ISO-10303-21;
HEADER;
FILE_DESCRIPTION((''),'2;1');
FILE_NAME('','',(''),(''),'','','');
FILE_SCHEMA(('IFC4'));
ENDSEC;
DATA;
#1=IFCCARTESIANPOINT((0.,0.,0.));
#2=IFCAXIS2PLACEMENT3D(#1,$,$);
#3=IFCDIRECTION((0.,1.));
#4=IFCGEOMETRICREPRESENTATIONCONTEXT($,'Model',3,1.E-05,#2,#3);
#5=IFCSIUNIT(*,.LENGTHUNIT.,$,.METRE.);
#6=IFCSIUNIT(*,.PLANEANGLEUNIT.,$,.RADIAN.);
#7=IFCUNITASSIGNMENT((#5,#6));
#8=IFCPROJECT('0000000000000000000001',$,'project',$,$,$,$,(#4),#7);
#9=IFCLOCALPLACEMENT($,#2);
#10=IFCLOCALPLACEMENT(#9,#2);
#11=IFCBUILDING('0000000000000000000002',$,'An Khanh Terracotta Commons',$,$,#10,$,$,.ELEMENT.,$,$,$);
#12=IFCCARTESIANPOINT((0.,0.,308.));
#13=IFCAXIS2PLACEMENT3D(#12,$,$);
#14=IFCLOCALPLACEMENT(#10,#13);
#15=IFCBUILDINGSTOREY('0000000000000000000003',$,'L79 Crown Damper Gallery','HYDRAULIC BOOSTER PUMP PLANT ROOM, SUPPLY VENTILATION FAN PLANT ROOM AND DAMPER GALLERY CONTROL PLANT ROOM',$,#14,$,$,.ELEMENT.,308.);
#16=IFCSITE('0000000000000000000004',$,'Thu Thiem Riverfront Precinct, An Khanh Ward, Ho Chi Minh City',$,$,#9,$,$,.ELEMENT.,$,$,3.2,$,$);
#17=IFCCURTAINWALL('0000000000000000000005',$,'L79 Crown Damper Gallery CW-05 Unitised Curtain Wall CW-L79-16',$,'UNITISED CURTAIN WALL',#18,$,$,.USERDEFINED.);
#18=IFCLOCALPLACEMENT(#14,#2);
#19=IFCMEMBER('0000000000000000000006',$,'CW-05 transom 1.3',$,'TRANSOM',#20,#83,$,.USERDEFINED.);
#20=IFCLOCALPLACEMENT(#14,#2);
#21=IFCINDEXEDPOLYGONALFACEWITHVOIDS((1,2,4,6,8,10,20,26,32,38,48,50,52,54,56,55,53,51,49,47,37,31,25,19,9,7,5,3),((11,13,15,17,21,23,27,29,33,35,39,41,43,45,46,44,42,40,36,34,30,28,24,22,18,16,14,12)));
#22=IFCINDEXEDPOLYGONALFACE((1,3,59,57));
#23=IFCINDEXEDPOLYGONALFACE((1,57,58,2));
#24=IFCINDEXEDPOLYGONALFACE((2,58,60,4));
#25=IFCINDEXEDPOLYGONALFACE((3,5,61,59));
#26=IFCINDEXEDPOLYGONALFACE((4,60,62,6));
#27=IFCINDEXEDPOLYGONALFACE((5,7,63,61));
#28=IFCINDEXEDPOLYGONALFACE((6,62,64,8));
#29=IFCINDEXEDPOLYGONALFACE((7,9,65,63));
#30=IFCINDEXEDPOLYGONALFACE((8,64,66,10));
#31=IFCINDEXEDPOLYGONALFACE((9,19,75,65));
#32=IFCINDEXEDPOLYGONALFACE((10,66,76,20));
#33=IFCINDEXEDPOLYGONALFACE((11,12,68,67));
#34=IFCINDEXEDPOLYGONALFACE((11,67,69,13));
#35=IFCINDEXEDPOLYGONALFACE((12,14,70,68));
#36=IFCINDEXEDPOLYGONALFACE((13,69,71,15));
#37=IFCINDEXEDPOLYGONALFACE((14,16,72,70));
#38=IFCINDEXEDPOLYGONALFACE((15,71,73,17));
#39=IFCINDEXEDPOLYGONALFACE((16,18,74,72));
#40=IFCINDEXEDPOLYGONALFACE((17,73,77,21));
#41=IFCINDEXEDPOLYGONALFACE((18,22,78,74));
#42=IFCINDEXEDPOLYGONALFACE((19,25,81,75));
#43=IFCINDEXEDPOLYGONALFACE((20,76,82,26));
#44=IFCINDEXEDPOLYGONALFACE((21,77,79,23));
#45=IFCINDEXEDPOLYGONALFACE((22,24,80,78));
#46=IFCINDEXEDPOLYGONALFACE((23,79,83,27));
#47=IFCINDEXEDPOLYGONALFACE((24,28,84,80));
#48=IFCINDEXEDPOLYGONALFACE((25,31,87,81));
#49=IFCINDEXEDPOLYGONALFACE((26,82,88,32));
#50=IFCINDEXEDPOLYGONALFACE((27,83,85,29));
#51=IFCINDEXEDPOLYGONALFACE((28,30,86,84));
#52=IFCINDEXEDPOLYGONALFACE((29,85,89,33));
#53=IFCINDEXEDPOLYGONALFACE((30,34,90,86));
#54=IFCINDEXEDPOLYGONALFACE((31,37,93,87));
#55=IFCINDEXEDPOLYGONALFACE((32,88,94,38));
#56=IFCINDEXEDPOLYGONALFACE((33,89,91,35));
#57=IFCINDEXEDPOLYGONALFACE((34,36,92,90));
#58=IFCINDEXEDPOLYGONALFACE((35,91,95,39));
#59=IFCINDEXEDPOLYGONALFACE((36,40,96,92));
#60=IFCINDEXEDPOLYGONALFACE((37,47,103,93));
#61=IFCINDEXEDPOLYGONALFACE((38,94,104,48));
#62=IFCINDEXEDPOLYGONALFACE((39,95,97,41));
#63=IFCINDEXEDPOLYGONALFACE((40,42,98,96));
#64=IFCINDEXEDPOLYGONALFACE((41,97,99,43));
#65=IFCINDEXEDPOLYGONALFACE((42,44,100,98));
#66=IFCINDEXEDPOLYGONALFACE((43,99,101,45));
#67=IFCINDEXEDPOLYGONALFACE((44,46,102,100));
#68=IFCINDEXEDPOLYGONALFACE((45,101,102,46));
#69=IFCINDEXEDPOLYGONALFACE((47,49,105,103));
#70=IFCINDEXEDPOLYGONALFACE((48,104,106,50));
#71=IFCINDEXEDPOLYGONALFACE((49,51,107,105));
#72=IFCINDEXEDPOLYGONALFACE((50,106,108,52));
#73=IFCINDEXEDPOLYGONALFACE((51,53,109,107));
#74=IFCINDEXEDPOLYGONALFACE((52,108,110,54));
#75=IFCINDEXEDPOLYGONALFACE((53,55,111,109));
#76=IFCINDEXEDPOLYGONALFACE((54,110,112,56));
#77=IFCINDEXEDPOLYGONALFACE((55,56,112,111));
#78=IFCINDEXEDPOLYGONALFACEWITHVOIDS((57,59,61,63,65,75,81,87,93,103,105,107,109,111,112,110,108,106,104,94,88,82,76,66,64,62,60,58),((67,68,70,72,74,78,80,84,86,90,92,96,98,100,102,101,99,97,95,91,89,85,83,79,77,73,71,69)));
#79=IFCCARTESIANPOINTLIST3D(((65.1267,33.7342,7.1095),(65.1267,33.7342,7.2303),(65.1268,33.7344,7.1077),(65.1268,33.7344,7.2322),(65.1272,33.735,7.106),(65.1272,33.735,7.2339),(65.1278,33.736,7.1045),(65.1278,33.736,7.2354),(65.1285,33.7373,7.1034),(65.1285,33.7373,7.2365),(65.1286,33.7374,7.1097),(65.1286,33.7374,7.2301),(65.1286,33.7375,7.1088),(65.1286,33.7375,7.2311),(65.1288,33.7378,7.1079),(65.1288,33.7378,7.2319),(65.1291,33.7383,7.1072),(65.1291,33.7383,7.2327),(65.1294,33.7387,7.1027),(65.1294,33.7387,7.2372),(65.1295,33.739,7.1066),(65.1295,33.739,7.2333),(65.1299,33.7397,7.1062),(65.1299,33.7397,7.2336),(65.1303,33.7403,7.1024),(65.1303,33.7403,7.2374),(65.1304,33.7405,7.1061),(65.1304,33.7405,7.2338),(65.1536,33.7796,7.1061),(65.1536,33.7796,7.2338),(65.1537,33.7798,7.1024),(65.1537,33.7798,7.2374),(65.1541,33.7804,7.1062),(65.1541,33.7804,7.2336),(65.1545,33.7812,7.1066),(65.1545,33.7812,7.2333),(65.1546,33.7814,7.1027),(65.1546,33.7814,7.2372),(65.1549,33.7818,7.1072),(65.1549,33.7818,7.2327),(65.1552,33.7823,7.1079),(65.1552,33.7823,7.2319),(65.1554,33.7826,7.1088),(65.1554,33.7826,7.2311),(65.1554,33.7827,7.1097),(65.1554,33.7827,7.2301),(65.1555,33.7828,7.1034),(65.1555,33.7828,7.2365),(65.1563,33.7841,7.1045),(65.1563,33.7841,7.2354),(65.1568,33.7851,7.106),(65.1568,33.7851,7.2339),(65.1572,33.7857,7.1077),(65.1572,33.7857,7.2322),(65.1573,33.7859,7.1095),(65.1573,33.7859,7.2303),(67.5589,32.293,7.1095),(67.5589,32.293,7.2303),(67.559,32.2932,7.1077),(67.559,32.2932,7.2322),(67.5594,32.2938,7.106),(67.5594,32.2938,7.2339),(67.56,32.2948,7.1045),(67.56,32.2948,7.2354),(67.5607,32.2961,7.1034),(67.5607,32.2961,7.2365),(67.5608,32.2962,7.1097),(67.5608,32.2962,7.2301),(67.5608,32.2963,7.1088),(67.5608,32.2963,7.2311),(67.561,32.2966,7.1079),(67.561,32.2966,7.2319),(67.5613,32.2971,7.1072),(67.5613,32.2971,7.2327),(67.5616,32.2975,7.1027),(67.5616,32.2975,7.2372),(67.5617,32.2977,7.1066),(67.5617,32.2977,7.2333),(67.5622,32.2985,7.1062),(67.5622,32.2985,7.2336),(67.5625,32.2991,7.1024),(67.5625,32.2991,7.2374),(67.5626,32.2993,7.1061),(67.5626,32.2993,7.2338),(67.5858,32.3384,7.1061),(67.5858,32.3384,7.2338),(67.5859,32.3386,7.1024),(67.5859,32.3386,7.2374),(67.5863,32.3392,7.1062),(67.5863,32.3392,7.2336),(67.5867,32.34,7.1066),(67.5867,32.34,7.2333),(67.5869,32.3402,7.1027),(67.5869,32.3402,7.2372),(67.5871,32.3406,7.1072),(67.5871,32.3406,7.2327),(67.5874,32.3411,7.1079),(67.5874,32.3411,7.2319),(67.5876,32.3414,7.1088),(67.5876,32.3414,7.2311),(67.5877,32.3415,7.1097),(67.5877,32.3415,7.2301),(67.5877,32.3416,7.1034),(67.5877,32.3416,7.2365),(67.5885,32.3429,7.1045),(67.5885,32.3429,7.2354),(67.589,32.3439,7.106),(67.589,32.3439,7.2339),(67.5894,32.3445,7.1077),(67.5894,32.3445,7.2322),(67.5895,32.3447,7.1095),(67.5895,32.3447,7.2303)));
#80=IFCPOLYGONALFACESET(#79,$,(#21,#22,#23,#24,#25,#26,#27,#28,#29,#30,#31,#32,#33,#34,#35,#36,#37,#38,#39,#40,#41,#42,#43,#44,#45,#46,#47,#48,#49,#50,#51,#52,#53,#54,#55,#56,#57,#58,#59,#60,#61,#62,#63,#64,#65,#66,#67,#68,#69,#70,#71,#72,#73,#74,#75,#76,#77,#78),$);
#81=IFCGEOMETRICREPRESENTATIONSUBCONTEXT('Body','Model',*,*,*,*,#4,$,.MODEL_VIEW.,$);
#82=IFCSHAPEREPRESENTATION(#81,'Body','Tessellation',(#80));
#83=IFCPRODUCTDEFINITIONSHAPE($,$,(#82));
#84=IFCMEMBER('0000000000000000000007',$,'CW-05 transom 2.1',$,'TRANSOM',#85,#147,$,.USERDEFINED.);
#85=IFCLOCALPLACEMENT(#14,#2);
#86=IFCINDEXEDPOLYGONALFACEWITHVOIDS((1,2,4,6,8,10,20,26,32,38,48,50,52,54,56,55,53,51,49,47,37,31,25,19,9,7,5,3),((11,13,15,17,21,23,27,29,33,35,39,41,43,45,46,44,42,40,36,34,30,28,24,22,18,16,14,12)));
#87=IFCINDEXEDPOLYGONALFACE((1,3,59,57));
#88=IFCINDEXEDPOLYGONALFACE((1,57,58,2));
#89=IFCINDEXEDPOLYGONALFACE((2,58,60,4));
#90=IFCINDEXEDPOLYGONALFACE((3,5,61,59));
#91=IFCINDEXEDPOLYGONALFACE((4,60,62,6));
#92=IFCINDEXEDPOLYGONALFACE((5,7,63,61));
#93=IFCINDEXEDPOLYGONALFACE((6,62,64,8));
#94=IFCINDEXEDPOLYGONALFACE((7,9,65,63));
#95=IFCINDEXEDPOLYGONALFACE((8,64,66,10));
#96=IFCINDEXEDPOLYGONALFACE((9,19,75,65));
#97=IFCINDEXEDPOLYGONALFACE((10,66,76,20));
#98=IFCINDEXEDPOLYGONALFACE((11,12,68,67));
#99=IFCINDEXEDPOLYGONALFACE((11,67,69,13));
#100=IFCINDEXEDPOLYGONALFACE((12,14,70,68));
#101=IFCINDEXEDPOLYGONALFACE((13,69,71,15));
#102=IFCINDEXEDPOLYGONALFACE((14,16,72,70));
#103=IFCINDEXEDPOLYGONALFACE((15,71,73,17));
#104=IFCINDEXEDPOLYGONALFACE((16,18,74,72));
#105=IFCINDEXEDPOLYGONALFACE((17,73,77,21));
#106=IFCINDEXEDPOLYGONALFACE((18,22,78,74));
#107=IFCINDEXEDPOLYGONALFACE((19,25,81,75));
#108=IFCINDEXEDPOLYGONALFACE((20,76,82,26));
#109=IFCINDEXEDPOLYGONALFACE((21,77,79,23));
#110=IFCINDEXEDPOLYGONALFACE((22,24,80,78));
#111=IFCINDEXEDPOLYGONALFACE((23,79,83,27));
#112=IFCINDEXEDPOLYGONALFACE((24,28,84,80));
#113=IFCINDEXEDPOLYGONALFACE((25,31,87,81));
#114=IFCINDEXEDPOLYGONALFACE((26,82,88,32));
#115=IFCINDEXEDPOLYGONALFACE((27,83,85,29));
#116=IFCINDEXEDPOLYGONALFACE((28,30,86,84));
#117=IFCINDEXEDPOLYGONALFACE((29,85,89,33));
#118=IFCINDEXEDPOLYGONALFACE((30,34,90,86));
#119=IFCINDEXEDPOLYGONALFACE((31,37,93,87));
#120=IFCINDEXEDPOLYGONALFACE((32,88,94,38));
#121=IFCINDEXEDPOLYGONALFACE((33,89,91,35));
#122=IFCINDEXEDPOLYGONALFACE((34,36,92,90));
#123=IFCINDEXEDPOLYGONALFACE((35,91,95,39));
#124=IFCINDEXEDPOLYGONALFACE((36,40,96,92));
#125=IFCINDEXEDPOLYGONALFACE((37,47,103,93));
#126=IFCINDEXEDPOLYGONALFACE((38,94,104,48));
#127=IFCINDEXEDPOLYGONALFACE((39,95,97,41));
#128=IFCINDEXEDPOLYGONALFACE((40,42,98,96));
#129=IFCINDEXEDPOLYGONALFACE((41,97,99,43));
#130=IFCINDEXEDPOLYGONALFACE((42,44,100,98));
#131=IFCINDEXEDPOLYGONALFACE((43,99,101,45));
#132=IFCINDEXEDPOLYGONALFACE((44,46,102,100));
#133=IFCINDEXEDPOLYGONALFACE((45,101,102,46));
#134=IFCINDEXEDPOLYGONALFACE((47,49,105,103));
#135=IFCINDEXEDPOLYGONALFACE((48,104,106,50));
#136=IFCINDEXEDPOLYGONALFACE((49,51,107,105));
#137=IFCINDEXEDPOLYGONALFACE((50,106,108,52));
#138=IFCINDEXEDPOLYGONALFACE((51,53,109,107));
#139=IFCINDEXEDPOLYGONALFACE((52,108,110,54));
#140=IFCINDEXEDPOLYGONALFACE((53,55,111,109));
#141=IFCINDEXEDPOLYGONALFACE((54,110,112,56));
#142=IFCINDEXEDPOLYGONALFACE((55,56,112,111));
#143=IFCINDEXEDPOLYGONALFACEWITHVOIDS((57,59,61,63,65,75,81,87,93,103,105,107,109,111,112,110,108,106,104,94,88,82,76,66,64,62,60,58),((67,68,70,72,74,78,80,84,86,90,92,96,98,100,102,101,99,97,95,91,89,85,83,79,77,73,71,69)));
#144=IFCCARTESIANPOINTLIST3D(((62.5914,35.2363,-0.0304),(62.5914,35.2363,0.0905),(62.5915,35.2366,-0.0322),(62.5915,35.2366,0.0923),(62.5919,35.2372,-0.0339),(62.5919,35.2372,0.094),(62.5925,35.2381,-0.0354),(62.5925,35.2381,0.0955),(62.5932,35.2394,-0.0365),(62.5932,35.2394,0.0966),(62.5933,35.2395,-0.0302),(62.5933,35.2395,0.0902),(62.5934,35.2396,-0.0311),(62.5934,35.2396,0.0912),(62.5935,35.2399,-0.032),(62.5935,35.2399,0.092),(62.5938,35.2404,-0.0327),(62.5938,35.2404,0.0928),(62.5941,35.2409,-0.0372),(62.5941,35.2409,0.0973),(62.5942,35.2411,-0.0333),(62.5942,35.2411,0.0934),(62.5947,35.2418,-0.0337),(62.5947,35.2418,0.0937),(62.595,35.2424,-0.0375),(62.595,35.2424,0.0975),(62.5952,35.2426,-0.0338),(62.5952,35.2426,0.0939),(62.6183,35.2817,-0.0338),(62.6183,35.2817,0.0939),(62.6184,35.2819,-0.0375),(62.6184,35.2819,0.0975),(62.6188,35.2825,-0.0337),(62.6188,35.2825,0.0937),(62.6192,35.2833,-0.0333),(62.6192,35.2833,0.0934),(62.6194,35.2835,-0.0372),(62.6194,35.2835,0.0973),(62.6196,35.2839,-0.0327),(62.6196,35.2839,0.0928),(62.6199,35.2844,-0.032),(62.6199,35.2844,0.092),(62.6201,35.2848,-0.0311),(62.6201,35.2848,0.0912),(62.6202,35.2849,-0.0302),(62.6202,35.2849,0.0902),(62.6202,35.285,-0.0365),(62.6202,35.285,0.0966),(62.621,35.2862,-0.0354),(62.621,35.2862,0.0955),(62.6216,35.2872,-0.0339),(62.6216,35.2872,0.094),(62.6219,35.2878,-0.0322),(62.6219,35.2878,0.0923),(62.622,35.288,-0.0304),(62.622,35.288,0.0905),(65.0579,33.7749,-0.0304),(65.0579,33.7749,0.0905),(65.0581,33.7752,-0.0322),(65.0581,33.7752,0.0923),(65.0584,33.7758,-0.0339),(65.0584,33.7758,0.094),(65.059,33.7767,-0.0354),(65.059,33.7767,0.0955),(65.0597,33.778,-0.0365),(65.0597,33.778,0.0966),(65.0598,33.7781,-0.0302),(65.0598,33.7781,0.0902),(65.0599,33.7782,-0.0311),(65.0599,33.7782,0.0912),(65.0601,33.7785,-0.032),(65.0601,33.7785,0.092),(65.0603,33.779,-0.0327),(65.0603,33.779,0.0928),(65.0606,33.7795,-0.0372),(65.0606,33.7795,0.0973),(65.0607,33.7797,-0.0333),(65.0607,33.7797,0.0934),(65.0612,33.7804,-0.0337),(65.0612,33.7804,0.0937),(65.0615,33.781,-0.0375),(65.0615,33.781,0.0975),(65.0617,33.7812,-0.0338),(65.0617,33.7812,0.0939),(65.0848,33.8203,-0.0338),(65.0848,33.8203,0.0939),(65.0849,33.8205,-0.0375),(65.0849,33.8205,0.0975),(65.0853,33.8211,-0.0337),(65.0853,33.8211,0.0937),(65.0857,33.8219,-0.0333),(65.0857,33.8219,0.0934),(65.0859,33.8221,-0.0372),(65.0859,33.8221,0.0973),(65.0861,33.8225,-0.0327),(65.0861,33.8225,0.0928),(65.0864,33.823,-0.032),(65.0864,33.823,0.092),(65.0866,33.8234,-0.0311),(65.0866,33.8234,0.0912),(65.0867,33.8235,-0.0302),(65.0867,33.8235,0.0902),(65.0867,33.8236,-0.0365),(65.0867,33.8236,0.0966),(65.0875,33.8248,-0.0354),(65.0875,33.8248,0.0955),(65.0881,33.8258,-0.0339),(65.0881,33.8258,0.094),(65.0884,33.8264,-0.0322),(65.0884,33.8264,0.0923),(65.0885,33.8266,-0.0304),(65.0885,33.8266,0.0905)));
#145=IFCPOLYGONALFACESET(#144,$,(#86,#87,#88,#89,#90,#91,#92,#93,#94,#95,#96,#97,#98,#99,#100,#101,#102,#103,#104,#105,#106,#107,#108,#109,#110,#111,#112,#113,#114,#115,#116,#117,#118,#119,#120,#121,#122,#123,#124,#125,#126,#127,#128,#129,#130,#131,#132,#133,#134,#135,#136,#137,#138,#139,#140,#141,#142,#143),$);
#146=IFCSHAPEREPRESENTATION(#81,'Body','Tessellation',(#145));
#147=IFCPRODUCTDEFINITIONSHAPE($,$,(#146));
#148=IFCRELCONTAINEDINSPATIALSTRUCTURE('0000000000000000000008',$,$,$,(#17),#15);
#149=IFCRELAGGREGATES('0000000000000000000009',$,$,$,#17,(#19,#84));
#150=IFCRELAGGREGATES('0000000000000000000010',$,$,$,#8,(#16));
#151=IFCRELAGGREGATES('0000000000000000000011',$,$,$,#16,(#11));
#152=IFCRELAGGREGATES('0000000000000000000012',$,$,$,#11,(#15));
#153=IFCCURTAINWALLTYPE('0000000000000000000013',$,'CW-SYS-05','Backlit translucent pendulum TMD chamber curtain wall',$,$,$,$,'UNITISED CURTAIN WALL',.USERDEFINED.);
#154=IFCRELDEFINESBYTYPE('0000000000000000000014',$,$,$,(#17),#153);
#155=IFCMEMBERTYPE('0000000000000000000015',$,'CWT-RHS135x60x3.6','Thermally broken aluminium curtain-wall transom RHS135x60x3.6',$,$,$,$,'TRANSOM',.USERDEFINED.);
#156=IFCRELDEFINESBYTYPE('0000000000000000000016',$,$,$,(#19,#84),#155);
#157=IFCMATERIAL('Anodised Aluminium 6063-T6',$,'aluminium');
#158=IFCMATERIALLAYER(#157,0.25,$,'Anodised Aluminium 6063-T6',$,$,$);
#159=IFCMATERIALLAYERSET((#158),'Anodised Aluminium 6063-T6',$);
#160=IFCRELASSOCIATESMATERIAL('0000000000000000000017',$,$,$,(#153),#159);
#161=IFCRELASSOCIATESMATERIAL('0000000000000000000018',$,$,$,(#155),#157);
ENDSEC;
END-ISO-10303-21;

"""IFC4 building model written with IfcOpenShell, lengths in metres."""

from ifc_helpers import new_model, si_unit, direction, frame, origin, origin_2d, place, context, subcontext, project, spatial, hollow_rectangle, extrude, material, layer, layer_set, material_profile, profile_set, type_object, element, aggregate, save


model = new_model("IFC4")

# Units and contexts
model_context = context("Model", 3, precision=1e-05, world=origin(), true_north=direction((0.0, 1.0)))
body_context = subcontext(model_context, "Body", "Model", "MODEL_VIEW")
ifc_project = project(units=[si_unit("LENGTHUNIT", "METRE"), si_unit("PLANEANGLEUNIT", "RADIAN")], contexts=[model_context])

# Site, building, storey
site_placement = place(None, origin())
site = spatial("IfcSite", under=ifc_project, at=site_placement, Name="Thu Thiem Riverfront Precinct, An Khanh Ward, Ho Chi Minh City", CompositionType="ELEMENT", RefElevation=3.2)
building_placement = place(site_placement, origin())
building = spatial("IfcBuilding", under=site, at=building_placement, Name="An Khanh Terracotta Commons", CompositionType="ELEMENT")
storey_placement = place(building_placement, frame((0.0, 0.0, 308.0)))
storey = spatial("IfcBuildingStorey", under=building, at=storey_placement, Name="L79 Crown Damper Gallery", Description="HYDRAULIC BOOSTER PUMP PLANT ROOM, SUPPLY VENTILATION FAN PLANT ROOM AND DAMPER GALLERY CONTROL PLANT ROOM", CompositionType="ELEMENT", Elevation=308.0)

# Curtain wall, members
ifc_material_1 = material(Name="Anodised Aluminium 6063-T6", Category="aluminium")
ifc_layer_1 = layer(ifc_material_1, 0.25, Name="Anodised Aluminium 6063-T6")
ifc_layer_set_1 = layer_set([ifc_layer_1], Name="Anodised Aluminium 6063-T6")
curtain_wall_type = type_object("IfcCurtainWallType", Name="CW-SYS-05", Description="Backlit translucent pendulum TMD chamber curtain wall", ElementType="UNITISED CURTAIN WALL", PredefinedType="USERDEFINED", material=ifc_layer_set_1)
curtain_wall_placement = place(storey_placement, origin())
curtain_wall = element("IfcCurtainWall", 1, at=curtain_wall_placement, inside=storey, type_object=curtain_wall_type, Name="L79 Crown Damper Gallery CW-05 Unitised Curtain Wall CW-L79-16", ObjectType="UNITISED CURTAIN WALL", PredefinedType="USERDEFINED")
ifc_material_profile_1 = material_profile(ifc_material_1, hollow_rectangle(XDim=0.0601, YDim=0.135, WallThickness=0.0037, InnerFilletRadius=0.0037, OuterFilletRadius=0.0071, at=origin_2d()), Name="RHS135x60x3.6")
ifc_profile_set_1 = profile_set([ifc_material_profile_1], Name="Anodised Aluminium 6063-T6")
member_type_1 = type_object("IfcMemberType", Name="CWT-RHS135x60x3.6", Description="Thermally broken aluminium curtain-wall transom RHS135x60x3.6", ElementType="TRANSOM", PredefinedType="USERDEFINED", material=ifc_profile_set_1)
member_1_placement = place(storey_placement, frame((67.5742, 32.3188, 7.1699), z_axis=(-0.860307, 0.509776, 0.0), x_axis=(-0.509776, -0.860307, 0.0)))
member_1 = element("IfcMember", 2, at=member_1_placement, type_object=member_type_1, Name="CW-05 transom 1.3", ObjectType="TRANSOM", PredefinedType="USERDEFINED", context=body_context, shape_type="SweptSolid", body=[
    extrude(hollow_rectangle(XDim=0.0601, YDim=0.135, WallThickness=0.0037, InnerFilletRadius=0.0037, OuterFilletRadius=0.0071, at=origin_2d()), origin(), (0.0, 0.0, 1.0), 2.8271),
])
member_2_placement = place(storey_placement, frame((65.0732, 33.8008, 0.03), z_axis=(-0.860327, 0.509742, 0.0), x_axis=(-0.509742, -0.860327, 0.0)))
member_2 = element("IfcMember", 3, at=member_2_placement, type_object=member_type_1, Name="CW-05 transom 2.1", ObjectType="TRANSOM", PredefinedType="USERDEFINED", context=body_context, shape_type="SweptSolid", body=[
    extrude(hollow_rectangle(XDim=0.0601, YDim=0.135, WallThickness=0.0037, InnerFilletRadius=0.0037, OuterFilletRadius=0.0071, at=origin_2d()), origin(), (0.0, 0.0, 1.0), 2.8669),
])
aggregate(curtain_wall, [member_1, member_2])

save(model, "model.ifc")
